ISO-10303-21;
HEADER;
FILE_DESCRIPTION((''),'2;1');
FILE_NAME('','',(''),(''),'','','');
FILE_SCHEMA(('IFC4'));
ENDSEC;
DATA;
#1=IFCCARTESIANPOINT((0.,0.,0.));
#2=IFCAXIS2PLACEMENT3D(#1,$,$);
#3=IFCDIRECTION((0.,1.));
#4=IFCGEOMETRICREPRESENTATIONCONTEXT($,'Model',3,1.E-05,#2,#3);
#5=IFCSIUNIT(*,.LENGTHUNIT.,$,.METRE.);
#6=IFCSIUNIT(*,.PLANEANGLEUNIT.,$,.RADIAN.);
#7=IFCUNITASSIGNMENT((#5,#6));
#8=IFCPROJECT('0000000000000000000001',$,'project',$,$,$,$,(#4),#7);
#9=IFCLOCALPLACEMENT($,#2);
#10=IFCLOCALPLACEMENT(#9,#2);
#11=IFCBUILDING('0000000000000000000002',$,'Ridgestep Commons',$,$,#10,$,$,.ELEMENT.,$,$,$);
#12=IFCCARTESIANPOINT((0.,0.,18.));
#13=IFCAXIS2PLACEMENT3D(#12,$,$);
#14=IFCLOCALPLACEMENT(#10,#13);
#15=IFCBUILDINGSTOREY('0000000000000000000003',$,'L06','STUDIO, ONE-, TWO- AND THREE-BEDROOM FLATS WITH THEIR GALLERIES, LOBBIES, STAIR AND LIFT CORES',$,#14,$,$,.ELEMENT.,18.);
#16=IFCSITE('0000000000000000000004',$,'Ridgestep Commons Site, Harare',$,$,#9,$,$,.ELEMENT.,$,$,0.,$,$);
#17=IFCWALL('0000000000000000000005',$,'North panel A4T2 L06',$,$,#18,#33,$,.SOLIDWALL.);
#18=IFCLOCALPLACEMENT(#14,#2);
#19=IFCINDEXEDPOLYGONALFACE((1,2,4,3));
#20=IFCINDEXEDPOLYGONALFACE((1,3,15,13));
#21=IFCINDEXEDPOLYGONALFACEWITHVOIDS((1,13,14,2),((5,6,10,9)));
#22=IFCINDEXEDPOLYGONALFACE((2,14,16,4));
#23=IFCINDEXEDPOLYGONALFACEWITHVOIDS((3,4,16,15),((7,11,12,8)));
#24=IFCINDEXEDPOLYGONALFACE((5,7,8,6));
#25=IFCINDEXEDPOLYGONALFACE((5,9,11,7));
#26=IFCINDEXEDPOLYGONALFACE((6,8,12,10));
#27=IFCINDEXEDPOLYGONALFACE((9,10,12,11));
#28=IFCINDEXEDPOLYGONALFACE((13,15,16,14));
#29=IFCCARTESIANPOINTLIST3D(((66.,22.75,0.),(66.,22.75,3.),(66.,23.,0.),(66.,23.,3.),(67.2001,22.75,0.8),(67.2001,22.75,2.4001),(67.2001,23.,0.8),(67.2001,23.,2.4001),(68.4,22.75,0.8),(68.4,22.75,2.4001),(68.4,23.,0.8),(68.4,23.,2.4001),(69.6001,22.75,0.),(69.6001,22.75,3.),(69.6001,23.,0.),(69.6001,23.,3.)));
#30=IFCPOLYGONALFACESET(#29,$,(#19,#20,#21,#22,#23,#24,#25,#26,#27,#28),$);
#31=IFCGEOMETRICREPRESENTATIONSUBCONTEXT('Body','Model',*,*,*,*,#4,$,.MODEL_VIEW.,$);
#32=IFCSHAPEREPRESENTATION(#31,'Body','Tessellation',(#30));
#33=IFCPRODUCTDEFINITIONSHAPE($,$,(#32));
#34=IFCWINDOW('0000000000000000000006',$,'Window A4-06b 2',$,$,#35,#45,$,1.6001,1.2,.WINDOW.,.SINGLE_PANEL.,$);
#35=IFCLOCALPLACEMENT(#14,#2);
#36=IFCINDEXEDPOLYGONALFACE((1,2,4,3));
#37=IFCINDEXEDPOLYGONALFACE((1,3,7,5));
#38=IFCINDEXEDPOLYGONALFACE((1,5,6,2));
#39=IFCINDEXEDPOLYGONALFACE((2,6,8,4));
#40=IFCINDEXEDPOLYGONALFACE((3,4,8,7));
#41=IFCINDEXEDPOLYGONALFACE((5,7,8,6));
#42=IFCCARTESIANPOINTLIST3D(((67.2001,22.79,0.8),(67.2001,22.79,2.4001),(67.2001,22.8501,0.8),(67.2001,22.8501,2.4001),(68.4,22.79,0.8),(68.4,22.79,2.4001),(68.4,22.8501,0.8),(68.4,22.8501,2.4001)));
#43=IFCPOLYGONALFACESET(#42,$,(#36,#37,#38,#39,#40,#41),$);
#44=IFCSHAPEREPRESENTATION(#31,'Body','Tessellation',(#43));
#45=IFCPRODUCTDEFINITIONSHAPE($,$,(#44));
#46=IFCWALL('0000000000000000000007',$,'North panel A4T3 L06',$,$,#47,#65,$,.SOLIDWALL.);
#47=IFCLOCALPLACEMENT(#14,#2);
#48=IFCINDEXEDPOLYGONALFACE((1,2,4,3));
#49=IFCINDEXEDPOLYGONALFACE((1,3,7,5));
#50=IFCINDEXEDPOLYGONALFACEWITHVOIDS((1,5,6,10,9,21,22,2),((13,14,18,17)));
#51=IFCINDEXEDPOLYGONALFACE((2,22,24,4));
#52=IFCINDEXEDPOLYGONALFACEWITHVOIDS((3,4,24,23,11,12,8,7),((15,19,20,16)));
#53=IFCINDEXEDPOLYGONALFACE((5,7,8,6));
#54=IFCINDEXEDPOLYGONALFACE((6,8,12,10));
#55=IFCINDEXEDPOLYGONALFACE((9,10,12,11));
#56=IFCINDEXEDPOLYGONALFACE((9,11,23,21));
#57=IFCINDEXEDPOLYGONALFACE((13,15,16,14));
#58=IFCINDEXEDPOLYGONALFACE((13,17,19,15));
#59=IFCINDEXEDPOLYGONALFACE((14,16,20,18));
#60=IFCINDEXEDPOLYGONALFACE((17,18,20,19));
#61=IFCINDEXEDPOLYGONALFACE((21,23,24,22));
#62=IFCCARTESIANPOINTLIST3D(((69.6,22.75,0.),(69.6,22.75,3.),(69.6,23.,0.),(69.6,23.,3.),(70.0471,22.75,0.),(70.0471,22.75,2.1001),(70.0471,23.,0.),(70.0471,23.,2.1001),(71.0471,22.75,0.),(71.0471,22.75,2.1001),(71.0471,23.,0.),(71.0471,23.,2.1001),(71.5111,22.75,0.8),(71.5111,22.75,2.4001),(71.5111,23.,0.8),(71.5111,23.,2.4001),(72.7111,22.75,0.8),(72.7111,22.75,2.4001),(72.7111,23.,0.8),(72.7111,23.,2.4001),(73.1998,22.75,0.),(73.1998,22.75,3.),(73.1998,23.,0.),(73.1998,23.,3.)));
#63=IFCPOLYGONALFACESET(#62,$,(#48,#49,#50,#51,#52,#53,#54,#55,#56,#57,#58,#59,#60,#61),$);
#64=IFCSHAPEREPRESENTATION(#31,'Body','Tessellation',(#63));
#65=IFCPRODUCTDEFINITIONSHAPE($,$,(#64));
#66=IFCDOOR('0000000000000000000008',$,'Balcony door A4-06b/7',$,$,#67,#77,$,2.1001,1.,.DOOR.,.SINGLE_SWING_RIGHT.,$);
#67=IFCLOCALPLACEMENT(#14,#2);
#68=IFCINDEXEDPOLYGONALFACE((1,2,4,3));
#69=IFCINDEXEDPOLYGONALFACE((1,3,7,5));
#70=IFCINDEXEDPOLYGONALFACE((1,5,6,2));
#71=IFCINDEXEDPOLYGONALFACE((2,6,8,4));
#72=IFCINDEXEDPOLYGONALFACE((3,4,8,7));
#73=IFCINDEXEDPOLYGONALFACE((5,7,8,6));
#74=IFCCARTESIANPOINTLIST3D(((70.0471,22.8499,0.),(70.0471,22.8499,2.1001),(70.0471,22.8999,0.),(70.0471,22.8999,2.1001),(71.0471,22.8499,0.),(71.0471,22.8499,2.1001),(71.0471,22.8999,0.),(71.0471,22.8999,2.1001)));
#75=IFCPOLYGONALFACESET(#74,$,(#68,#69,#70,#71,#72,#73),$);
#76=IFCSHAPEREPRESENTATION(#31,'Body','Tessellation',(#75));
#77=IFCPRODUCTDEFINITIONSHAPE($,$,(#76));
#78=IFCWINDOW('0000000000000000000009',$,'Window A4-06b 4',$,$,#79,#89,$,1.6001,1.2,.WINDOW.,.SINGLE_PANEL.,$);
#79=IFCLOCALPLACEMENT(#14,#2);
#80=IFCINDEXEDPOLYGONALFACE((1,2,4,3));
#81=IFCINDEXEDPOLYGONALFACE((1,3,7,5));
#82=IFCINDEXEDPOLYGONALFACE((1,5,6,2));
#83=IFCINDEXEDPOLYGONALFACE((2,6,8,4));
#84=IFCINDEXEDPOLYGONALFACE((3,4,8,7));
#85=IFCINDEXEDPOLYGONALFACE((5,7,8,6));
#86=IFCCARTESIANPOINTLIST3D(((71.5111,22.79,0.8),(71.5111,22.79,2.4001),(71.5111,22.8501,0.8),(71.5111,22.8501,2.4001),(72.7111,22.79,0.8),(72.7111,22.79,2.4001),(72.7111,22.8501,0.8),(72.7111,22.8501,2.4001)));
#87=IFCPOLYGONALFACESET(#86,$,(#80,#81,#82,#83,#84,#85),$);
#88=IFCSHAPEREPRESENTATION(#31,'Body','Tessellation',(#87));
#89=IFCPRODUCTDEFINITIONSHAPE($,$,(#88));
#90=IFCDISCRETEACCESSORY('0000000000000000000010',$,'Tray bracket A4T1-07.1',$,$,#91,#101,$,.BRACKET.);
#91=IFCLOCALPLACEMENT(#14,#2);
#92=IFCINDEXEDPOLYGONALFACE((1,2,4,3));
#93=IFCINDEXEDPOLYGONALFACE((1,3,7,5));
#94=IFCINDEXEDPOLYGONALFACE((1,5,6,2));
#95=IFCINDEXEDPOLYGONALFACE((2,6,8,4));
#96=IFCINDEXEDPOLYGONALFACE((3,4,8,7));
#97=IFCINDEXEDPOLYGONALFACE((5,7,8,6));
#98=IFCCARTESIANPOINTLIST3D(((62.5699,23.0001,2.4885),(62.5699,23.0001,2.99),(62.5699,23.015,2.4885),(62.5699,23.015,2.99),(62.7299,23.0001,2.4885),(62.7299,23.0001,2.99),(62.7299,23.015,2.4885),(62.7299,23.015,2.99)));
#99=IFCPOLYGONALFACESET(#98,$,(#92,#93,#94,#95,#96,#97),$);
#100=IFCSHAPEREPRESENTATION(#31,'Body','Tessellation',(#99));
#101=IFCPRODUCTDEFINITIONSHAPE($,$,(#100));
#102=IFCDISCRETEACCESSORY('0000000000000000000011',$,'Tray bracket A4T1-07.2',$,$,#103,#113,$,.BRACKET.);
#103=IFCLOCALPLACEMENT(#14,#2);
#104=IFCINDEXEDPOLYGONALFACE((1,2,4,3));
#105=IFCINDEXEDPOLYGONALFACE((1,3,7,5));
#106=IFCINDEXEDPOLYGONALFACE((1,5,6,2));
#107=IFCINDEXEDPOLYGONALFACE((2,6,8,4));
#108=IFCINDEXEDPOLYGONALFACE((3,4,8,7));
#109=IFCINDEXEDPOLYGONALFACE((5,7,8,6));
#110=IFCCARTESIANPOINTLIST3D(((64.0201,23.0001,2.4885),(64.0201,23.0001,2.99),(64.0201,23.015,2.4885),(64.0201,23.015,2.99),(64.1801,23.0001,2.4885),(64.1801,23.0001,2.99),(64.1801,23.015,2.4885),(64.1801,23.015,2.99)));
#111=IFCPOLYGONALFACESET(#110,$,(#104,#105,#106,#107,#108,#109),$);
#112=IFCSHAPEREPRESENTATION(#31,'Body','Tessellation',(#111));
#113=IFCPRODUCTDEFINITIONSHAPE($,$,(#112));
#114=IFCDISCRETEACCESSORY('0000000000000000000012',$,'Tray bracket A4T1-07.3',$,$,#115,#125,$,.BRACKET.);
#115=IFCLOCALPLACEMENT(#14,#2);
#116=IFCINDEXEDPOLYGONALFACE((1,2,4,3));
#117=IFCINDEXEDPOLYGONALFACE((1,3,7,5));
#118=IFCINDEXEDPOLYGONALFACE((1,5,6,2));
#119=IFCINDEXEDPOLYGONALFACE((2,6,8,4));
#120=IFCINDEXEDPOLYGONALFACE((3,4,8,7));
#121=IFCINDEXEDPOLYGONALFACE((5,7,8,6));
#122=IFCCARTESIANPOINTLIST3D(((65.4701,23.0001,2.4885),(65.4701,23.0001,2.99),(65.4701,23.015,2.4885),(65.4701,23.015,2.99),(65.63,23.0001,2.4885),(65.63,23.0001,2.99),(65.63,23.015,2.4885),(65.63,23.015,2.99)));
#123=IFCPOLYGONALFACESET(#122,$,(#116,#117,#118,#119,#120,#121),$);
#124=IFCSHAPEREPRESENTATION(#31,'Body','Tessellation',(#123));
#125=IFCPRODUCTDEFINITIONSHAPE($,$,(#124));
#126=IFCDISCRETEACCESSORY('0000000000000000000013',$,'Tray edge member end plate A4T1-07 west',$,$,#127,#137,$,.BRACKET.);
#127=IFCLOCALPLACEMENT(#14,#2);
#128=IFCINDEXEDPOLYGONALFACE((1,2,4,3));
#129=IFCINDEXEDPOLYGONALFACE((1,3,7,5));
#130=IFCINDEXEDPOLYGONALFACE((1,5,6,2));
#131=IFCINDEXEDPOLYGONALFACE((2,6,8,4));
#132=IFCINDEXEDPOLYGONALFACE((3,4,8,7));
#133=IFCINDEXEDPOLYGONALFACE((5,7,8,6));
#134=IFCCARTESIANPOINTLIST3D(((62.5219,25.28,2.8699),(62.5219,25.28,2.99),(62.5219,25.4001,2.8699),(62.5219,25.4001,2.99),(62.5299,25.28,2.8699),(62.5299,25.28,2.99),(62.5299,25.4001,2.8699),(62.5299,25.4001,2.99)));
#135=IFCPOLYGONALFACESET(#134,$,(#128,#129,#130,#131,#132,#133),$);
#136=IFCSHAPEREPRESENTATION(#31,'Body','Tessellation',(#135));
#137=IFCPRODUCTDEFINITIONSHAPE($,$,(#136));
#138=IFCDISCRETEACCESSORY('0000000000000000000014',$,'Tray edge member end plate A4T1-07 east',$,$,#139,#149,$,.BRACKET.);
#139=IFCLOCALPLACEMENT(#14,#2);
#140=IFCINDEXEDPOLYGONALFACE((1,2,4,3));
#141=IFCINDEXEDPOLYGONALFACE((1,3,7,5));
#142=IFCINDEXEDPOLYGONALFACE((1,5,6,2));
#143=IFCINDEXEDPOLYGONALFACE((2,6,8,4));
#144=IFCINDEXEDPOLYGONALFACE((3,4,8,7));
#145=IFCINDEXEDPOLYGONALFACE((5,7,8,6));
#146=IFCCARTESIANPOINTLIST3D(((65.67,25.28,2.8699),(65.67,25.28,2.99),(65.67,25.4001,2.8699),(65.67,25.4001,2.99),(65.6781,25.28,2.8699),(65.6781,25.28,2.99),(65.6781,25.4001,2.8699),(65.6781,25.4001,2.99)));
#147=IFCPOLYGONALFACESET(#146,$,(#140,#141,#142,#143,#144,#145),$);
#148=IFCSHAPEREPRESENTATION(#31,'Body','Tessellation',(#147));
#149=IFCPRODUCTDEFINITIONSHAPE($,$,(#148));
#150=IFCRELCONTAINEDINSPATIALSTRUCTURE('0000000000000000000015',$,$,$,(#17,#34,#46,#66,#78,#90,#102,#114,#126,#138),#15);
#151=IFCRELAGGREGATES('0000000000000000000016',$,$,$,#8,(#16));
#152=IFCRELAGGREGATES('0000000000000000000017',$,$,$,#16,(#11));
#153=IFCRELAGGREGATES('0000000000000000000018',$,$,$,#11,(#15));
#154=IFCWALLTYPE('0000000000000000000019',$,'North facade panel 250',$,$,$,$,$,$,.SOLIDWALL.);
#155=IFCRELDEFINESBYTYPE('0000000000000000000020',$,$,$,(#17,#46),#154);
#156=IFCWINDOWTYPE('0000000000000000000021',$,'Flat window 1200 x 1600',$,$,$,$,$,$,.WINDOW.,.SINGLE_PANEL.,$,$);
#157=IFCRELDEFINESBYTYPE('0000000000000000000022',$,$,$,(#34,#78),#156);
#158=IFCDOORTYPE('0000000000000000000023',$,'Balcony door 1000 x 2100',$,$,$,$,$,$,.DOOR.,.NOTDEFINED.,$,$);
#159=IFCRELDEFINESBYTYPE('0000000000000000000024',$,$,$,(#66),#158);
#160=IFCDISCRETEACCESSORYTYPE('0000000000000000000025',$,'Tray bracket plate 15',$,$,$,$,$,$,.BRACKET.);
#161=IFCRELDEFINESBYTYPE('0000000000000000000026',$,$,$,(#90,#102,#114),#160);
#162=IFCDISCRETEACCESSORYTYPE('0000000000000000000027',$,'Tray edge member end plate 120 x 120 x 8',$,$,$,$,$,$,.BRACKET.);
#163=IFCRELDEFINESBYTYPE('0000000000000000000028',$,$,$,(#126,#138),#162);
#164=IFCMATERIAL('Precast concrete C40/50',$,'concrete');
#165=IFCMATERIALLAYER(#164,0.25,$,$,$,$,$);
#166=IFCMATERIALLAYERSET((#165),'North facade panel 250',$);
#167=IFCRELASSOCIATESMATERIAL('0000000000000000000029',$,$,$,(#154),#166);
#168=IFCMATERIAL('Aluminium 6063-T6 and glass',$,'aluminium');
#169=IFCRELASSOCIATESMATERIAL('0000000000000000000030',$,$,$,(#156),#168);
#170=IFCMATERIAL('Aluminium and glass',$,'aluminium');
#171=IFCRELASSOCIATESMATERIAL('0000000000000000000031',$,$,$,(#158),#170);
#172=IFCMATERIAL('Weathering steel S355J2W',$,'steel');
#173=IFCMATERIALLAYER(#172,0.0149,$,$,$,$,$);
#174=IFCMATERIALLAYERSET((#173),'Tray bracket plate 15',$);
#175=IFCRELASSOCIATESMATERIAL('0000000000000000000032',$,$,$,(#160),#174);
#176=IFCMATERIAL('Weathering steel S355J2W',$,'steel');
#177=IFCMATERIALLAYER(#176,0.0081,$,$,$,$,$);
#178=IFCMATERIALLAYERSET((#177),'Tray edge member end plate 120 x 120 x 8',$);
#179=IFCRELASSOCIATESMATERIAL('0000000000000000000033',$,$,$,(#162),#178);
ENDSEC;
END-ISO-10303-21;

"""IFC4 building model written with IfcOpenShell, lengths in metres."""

from ifc_helpers import new_model, si_unit, direction, frame, frame_2d, origin, origin_2d, place, context, subcontext, project, spatial, rectangle, extrude, material, layer, layer_set, type_object, element, fill, save


model = new_model("IFC4")

# Units and contexts
model_context = context("Model", 3, precision=1e-05, world=origin(), true_north=direction((0.0, 1.0)))
body_context = subcontext(model_context, "Body", "Model", "MODEL_VIEW")
ifc_project = project(units=[si_unit("LENGTHUNIT", "METRE"), si_unit("PLANEANGLEUNIT", "RADIAN")], contexts=[model_context])

# Site, building, storey
site_placement = place(None, origin())
site = spatial("IfcSite", under=ifc_project, at=site_placement, Name="Ridgestep Commons Site, Harare", CompositionType="ELEMENT", RefElevation=0.0)
building_placement = place(site_placement, origin())
building = spatial("IfcBuilding", under=site, at=building_placement, Name="Ridgestep Commons", CompositionType="ELEMENT")
storey_placement = place(building_placement, frame((0.0, 0.0, 18.0)))
storey = spatial("IfcBuildingStorey", under=building, at=storey_placement, Name="L06", Description="STUDIO, ONE-, TWO- AND THREE-BEDROOM FLATS WITH THEIR GALLERIES, LOBBIES, STAIR AND LIFT CORES", CompositionType="ELEMENT", Elevation=18.0)

# Wall, opening, window
ifc_material_1 = material(Name="Precast concrete C40/50", Category="concrete")
ifc_layer_1 = layer(ifc_material_1, 0.25)
ifc_layer_set_1 = layer_set([ifc_layer_1], Name="North facade panel 250")
wall_type_1 = type_object("IfcWallType", Name="North facade panel 250", PredefinedType="SOLIDWALL", material=ifc_layer_set_1)
ifc_material_2 = material(Name="Aluminium 6063-T6 and glass", Category="aluminium")
window_type_1 = type_object("IfcWindowType", Name="Flat window 1200 x 1600", PartitioningType="SINGLE_PANEL", PredefinedType="WINDOW", material=ifc_material_2)
wall_1_placement = place(storey_placement, frame((66.0, 22.875, 0.0), z_axis=(0.0, 0.0, 1.0), x_axis=(1.0, 0.0, 0.0)))
wall_1 = element("IfcWall", 1, at=wall_1_placement, inside=storey, type_object=wall_type_1, Name="North panel A4T2 L06", PredefinedType="SOLIDWALL", context=body_context, shape_type="SweptSolid", body=[
    extrude(rectangle(XDim=3.6001, YDim=0.25, at=frame_2d((1.8, 0.0))), origin(), (0.0, 0.0, 1.0), 3.0),
])
opening_1_placement = place(wall_1_placement, frame((1.2, 0.0, 0.8)))
opening_1 = element("IfcOpeningElement", 2, at=opening_1_placement, cuts=wall_1, PredefinedType="OPENING", context=body_context, shape_type="SweptSolid", body=[
    extrude(rectangle(XDim=1.2, YDim=1.6001, at=frame_2d((0.6001, 0.8))), frame((0.0, 0.135, 0.0), z_axis=(0.0, -1.0, 0.0), x_axis=(1.0, 0.0, 0.0)), (0.0, 0.0, 1.0), 0.27),
])
window_1_placement = place(opening_1_placement, origin())
window_1 = element("IfcWindow", 3, at=window_1_placement, inside=storey, type_object=window_type_1, Name="Window A4-06b 2", OverallHeight=1.6001, OverallWidth=1.2, PartitioningType="SINGLE_PANEL", PredefinedType="WINDOW", context=body_context, shape_type="SweptSolid", body=[
    extrude(rectangle(XDim=1.2, YDim=1.6001, at=frame_2d((0.6001, 0.8))), frame((0.0, -0.0249, 0.0), z_axis=(0.0, -1.0, 0.0), x_axis=(1.0, 0.0, 0.0)), (0.0, 0.0, 1.0), 0.0601),
])
fill(opening_1, window_1)

# Wall, openings, door, window
wall_2_placement = place(storey_placement, frame((69.6001, 22.875, 0.0), z_axis=(0.0, 0.0, 1.0), x_axis=(1.0, 0.0, 0.0)))
wall_2 = element("IfcWall", 4, at=wall_2_placement, inside=storey, type_object=wall_type_1, Name="North panel A4T3 L06", PredefinedType="SOLIDWALL", context=body_context, shape_type="SweptSolid", body=[
    extrude(rectangle(XDim=3.5999, YDim=0.25, at=frame_2d((1.7998, 0.0))), origin(), (0.0, 0.0, 1.0), 3.0),
])
opening_2_placement = place(wall_2_placement, frame((1.9109, 0.0, 0.8)))
opening_2 = element("IfcOpeningElement", 5, at=opening_2_placement, cuts=wall_2, PredefinedType="OPENING", context=body_context, shape_type="SweptSolid", body=[
    extrude(rectangle(XDim=1.2, YDim=1.6001, at=frame_2d((0.6001, 0.8))), frame((0.0, 0.135, 0.0), z_axis=(0.0, -1.0, 0.0), x_axis=(1.0, 0.0, 0.0)), (0.0, 0.0, 1.0), 0.27),
])
opening_3_placement = place(wall_2_placement, frame((0.447, 0.0, 0.0)))
opening_3 = element("IfcOpeningElement", 6, at=opening_3_placement, cuts=wall_2, PredefinedType="OPENING", context=body_context, shape_type="SweptSolid", body=[
    extrude(rectangle(XDim=1.0, YDim=2.1001, at=frame_2d((0.5, 1.05))), frame((0.0, 0.135, 0.0), z_axis=(0.0, -1.0, 0.0), x_axis=(1.0, 0.0, 0.0)), (0.0, 0.0, 1.0), 0.27),
])
ifc_material_3 = material(Name="Aluminium and glass", Category="aluminium")
door_type_1 = type_object("IfcDoorType", Name="Balcony door 1000 x 2100", OperationType="NOTDEFINED", PredefinedType="DOOR", material=ifc_material_3)
door_1_placement = place(opening_3_placement, origin())
door_1 = element("IfcDoor", 7, at=door_1_placement, inside=storey, type_object=door_type_1, Name="Balcony door A4-06b/7", OperationType="SINGLE_SWING_RIGHT", OverallHeight=2.1001, OverallWidth=1.0, PredefinedType="DOOR", context=body_context, shape_type="SweptSolid", body=[
    extrude(rectangle(XDim=1.0, YDim=2.1001, at=frame_2d((0.5, 1.05))), frame((0.0, 0.0249, 0.0), z_axis=(0.0, -1.0, 0.0), x_axis=(1.0, 0.0, 0.0)), (0.0, 0.0, 1.0), 0.05),
])
fill(opening_3, door_1)
window_2_placement = place(opening_2_placement, origin())
window_2 = element("IfcWindow", 8, at=window_2_placement, inside=storey, type_object=window_type_1, Name="Window A4-06b 4", OverallHeight=1.6001, OverallWidth=1.2, PartitioningType="SINGLE_PANEL", PredefinedType="WINDOW", context=body_context, shape_type="SweptSolid", body=[
    extrude(rectangle(XDim=1.2, YDim=1.6001, at=frame_2d((0.6001, 0.8))), frame((0.0, -0.0249, 0.0), z_axis=(0.0, -1.0, 0.0), x_axis=(1.0, 0.0, 0.0)), (0.0, 0.0, 1.0), 0.0601),
])
fill(opening_2, window_2)

# Discrete accessories
ifc_material_4 = material(Name="Weathering steel S355J2W", Category="steel")
ifc_layer_2 = layer(ifc_material_4, 0.0149)
ifc_layer_set_2 = layer_set([ifc_layer_2], Name="Tray bracket plate 15")
discrete_accessory_type_1 = type_object("IfcDiscreteAccessoryType", Name="Tray bracket plate 15", PredefinedType="BRACKET", material=ifc_layer_set_2)
for number, where, z_axis, x_axis, name in (
    (9, (62.6499, 23.0076, 2.4885), (0.0, 0.0, 1.0), (1.0, 0.0, 0.0), "Tray bracket A4T1-07.1"),
    (10, (64.1001, 23.0076, 2.4885), (0.0, 0.0, 1.0), (1.0, 0.0, 0.0), "Tray bracket A4T1-07.2"),
    (11, (65.55, 23.0076, 2.4885), (0.0, 0.0, 1.0), (1.0, 0.0, 0.0), "Tray bracket A4T1-07.3"),
):
    element("IfcDiscreteAccessory", number, at=place(storey_placement, frame(where, z_axis=z_axis, x_axis=x_axis)), inside=storey, type_object=discrete_accessory_type_1, Name=name, PredefinedType="BRACKET", context=body_context, shape_type="SweptSolid", body=[
        extrude(rectangle(XDim=0.1599, YDim=0.0149, at=origin_2d()), origin(), (0.0, 0.0, 1.0), 0.5015),
    ])
ifc_material_5 = material(Name="Weathering steel S355J2W", Category="steel")
ifc_layer_3 = layer(ifc_material_5, 0.0081)
ifc_layer_set_3 = layer_set([ifc_layer_3], Name="Tray edge member end plate 120 x 120 x 8")
discrete_accessory_type_2 = type_object("IfcDiscreteAccessoryType", Name="Tray edge member end plate 120 x 120 x 8", PredefinedType="BRACKET", material=ifc_layer_set_3)
for number, where, z_axis, x_axis, name in (
    (12, (62.5259, 25.3401, 2.8699), (0.0, 0.0, 1.0), (1.0, 0.0, 0.0), "Tray edge member end plate A4T1-07 west"),
    (13, (65.6741, 25.3401, 2.8699), (0.0, 0.0, 1.0), (1.0, 0.0, 0.0), "Tray edge member end plate A4T1-07 east"),
):
    element("IfcDiscreteAccessory", number, at=place(storey_placement, frame(where, z_axis=z_axis, x_axis=x_axis)), inside=storey, type_object=discrete_accessory_type_2, Name=name, PredefinedType="BRACKET", context=body_context, shape_type="SweptSolid", body=[
        extrude(rectangle(XDim=0.0081, YDim=0.1201, at=origin_2d()), origin(), (0.0, 0.0, 1.0), 0.1201),
    ])

save(model, "model.ifc")
